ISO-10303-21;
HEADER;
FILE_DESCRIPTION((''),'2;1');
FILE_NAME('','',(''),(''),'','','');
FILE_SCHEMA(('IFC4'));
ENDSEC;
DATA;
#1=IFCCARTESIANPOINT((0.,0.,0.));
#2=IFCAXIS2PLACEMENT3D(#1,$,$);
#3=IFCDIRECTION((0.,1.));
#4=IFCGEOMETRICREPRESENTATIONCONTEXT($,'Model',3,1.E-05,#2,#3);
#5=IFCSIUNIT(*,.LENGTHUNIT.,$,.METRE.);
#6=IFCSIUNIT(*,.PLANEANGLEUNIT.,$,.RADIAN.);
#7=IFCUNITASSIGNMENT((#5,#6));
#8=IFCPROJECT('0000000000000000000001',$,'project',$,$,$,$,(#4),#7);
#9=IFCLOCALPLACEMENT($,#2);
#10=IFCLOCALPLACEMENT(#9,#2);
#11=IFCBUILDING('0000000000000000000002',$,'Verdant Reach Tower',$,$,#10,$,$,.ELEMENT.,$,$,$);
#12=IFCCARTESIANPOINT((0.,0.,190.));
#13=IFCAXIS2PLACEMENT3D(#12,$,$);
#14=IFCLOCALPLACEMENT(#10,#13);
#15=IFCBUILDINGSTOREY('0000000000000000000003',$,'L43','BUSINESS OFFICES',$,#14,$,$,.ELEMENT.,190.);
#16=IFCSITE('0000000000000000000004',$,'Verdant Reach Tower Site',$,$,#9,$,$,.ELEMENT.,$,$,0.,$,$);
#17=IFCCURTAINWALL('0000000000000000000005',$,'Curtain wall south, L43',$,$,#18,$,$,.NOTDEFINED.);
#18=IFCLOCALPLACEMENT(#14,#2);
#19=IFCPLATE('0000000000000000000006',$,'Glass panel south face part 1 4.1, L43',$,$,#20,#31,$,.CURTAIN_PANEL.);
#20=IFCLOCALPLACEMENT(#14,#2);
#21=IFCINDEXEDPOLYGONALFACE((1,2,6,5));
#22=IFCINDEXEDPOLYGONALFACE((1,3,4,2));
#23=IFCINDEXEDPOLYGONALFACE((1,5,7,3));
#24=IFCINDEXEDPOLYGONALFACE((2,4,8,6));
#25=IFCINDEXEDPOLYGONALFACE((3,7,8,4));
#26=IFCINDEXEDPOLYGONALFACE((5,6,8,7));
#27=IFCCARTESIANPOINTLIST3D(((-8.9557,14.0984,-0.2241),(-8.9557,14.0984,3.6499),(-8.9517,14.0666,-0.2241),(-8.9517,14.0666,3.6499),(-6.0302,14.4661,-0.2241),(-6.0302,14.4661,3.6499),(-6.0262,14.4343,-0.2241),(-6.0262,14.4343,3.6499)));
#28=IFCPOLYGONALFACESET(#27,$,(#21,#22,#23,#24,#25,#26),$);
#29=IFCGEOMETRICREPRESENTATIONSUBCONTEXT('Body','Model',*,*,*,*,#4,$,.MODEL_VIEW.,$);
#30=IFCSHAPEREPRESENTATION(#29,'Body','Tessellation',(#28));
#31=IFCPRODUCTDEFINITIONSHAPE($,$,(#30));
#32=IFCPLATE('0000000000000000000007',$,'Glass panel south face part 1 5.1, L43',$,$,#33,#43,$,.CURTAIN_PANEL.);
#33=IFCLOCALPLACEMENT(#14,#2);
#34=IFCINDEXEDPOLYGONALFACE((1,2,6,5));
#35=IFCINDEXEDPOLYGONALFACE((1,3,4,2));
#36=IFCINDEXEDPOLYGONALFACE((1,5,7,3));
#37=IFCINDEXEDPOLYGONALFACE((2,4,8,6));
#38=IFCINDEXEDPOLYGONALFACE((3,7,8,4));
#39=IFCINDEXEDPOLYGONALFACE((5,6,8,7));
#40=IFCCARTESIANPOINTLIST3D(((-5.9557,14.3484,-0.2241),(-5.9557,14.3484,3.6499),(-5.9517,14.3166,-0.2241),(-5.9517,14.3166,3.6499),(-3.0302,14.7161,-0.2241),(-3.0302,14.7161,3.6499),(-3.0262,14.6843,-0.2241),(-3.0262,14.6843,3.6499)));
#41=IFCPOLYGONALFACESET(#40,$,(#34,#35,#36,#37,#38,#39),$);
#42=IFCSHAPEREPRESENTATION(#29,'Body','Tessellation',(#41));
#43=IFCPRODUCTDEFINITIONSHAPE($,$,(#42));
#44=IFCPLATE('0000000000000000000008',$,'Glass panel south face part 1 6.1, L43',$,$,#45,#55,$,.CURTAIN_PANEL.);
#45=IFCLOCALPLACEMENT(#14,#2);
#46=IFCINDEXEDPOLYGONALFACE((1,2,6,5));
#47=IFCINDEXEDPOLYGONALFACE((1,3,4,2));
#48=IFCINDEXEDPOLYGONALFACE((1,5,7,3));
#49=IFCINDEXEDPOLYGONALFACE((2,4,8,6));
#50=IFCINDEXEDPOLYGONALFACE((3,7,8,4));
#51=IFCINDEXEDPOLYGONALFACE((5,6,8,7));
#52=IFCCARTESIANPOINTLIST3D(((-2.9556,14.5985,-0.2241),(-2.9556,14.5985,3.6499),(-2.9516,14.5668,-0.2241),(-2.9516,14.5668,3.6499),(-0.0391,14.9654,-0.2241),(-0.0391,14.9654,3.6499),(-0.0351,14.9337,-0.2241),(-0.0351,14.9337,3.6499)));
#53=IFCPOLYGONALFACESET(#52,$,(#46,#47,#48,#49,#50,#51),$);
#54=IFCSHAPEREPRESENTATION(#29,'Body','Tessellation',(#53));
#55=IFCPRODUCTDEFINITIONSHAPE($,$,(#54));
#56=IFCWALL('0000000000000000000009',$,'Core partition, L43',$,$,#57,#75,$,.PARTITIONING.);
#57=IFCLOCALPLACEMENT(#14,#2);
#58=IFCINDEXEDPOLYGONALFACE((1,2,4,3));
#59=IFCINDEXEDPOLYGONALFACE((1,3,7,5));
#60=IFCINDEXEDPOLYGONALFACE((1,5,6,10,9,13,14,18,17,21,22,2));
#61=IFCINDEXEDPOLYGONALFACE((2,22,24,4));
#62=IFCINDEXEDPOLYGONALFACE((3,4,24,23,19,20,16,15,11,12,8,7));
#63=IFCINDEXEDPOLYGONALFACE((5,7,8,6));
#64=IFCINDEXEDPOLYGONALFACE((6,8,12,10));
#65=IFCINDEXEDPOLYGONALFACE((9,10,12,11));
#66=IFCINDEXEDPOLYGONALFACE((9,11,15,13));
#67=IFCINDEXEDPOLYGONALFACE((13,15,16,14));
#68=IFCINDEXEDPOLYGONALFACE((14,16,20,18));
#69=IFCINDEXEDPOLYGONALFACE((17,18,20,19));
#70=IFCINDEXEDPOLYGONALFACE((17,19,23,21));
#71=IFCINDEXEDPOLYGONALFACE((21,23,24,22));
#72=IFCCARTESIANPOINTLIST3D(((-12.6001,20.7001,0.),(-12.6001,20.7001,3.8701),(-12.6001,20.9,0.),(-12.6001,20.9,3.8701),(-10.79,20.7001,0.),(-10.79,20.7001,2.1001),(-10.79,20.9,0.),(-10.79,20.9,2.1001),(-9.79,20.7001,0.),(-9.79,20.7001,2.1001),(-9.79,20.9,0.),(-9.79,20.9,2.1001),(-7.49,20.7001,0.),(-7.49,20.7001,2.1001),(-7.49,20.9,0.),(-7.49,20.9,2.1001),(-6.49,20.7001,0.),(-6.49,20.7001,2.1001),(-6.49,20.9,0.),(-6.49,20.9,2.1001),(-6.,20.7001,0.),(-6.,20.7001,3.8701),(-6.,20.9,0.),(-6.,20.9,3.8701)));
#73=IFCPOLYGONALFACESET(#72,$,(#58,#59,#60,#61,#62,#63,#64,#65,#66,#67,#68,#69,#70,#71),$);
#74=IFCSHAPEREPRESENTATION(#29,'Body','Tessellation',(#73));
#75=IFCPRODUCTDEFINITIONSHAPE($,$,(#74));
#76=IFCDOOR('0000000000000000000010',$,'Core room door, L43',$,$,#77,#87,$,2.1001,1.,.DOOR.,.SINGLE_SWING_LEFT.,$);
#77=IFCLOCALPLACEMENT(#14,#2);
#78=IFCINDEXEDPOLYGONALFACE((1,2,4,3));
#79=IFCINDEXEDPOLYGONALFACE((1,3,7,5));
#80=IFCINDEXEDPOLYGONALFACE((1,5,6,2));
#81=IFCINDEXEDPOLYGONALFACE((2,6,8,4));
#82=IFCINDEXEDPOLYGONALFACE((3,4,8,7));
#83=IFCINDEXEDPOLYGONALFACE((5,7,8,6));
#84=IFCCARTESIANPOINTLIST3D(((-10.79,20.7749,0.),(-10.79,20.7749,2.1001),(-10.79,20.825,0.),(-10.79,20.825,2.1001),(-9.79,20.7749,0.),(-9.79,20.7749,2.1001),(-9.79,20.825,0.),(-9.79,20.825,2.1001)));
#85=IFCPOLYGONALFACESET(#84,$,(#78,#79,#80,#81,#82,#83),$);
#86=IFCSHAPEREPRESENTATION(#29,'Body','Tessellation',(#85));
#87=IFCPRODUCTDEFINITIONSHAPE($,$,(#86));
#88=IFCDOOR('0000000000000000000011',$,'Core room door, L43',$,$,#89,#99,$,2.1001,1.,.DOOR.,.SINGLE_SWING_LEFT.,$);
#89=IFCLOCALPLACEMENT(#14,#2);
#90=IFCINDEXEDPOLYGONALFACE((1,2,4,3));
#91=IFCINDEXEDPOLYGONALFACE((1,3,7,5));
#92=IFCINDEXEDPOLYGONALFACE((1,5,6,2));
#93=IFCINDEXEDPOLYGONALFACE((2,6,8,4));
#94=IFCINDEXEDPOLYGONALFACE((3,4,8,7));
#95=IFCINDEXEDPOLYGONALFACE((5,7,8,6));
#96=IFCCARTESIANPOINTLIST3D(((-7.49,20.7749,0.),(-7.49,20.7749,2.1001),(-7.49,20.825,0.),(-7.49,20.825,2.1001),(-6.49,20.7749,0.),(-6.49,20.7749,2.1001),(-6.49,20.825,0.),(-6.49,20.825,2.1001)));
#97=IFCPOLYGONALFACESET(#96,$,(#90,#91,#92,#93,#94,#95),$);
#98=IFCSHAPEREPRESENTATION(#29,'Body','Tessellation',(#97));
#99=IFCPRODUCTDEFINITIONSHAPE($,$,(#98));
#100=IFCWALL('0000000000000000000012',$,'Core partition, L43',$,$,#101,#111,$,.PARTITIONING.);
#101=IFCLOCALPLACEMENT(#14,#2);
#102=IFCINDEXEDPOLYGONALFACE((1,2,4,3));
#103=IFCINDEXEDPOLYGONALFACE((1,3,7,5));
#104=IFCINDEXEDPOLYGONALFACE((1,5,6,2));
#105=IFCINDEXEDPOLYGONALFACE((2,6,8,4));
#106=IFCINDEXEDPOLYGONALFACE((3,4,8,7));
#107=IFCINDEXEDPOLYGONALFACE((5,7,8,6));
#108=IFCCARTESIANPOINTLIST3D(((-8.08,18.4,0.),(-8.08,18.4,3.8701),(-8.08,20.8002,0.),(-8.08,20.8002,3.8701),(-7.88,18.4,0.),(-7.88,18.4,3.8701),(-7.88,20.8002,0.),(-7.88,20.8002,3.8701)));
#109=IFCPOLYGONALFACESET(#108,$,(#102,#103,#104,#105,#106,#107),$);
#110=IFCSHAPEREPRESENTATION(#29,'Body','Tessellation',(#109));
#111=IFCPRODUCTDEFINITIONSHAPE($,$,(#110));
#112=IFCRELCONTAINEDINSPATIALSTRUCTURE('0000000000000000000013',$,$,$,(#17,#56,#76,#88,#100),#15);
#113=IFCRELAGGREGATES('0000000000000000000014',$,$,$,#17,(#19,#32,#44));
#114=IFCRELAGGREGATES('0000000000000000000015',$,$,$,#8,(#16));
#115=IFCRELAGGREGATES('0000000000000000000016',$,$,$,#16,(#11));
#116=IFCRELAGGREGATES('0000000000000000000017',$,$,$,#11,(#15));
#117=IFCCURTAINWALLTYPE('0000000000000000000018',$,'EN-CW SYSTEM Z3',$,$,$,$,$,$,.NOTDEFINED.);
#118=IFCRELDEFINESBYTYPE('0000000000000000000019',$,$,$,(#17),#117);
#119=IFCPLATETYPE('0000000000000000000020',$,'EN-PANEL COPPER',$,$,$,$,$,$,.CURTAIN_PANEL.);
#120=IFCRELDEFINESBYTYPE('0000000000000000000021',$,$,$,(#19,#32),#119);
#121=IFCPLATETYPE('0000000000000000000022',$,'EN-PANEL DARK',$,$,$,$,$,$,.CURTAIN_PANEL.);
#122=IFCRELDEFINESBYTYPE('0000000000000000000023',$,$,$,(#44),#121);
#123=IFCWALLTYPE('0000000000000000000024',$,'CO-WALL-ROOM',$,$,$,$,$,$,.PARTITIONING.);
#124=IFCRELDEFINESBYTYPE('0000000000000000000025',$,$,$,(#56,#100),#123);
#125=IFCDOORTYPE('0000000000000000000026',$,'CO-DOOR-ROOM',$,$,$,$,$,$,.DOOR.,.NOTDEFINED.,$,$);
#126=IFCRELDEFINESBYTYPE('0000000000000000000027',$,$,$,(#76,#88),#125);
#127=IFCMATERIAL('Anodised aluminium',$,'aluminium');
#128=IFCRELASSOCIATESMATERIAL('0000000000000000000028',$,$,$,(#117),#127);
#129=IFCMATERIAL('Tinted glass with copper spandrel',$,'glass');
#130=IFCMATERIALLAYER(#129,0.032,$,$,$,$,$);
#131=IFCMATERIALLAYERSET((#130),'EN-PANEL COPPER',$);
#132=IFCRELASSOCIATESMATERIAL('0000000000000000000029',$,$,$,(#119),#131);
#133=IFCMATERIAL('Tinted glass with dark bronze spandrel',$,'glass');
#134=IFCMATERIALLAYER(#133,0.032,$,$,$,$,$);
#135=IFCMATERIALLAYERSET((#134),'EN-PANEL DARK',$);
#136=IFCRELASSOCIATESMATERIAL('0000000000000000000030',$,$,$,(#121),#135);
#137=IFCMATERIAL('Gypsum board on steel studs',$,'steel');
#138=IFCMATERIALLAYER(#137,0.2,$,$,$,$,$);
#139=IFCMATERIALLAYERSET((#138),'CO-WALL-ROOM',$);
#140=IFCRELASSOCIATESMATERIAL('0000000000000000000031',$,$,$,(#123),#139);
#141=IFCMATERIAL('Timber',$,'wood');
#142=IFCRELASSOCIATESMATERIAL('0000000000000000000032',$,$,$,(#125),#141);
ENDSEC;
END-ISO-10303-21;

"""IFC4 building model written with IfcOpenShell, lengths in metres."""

from ifc_helpers import new_model, si_unit, direction, frame, frame_2d, origin, origin_2d, place, context, subcontext, project, spatial, rectangle, extrude, material, layer, layer_set, type_object, element, fill, aggregate, save


model = new_model("IFC4")

# Units and contexts
model_context = context("Model", 3, precision=1e-05, world=origin(), true_north=direction((0.0, 1.0)))
body_context = subcontext(model_context, "Body", "Model", "MODEL_VIEW")
ifc_project = project(units=[si_unit("LENGTHUNIT", "METRE"), si_unit("PLANEANGLEUNIT", "RADIAN")], contexts=[model_context])

# Site, building, storey
site_placement = place(None, origin())
site = spatial("IfcSite", under=ifc_project, at=site_placement, Name="Verdant Reach Tower Site", CompositionType="ELEMENT", RefElevation=0.0)
building_placement = place(site_placement, origin())
building = spatial("IfcBuilding", under=site, at=building_placement, Name="Verdant Reach Tower", CompositionType="ELEMENT")
storey_placement = place(building_placement, frame((0.0, 0.0, 190.0)))
storey = spatial("IfcBuildingStorey", under=building, at=storey_placement, Name="L43", Description="BUSINESS OFFICES", CompositionType="ELEMENT", Elevation=190.0)

# Curtain wall, plates
ifc_material_1 = material(Name="Anodised aluminium", Category="aluminium")
curtain_wall_type = type_object("IfcCurtainWallType", Name="EN-CW SYSTEM Z3", PredefinedType="NOTDEFINED", material=ifc_material_1)
curtain_wall_placement = place(storey_placement, origin())
curtain_wall = element("IfcCurtainWall", 1, at=curtain_wall_placement, inside=storey, type_object=curtain_wall_type, Name="Curtain wall south, L43", PredefinedType="NOTDEFINED")
ifc_material_2 = material(Name="Tinted glass with copper spandrel", Category="glass")
ifc_layer_1 = layer(ifc_material_2, 0.032)
ifc_layer_set_1 = layer_set([ifc_layer_1], Name="EN-PANEL COPPER")
plate_type_1 = type_object("IfcPlateType", Name="EN-PANEL COPPER", PredefinedType="CURTAIN_PANEL", material=ifc_layer_set_1)
plate_1_placement = place(storey_placement, frame((-7.491, 14.2664, -0.2241), z_axis=(0.0, 0.0, 1.0), x_axis=(0.992194, 0.124704, 0.0)))
plate_1 = element("IfcPlate", 2, at=plate_1_placement, type_object=plate_type_1, Name="Glass panel south face part 1 4.1, L43", PredefinedType="CURTAIN_PANEL", context=body_context, shape_type="SweptSolid", body=[
    extrude(rectangle(XDim=2.9485, YDim=0.032, at=origin_2d()), origin(), (0.0, 0.0, 1.0), 3.874),
])
plate_2_placement = place(storey_placement, frame((-4.491, 14.5164, -0.2241), z_axis=(0.0, 0.0, 1.0), x_axis=(0.992194, 0.124704, 0.0)))
plate_2 = element("IfcPlate", 3, at=plate_2_placement, type_object=plate_type_1, Name="Glass panel south face part 1 5.1, L43", PredefinedType="CURTAIN_PANEL", context=body_context, shape_type="SweptSolid", body=[
    extrude(rectangle(XDim=2.9485, YDim=0.032, at=origin_2d()), origin(), (0.0, 0.0, 1.0), 3.874),
])
ifc_material_3 = material(Name="Tinted glass with dark bronze spandrel", Category="glass")
ifc_layer_2 = layer(ifc_material_3, 0.032)
ifc_layer_set_2 = layer_set([ifc_layer_2], Name="EN-PANEL DARK")
plate_type_2 = type_object("IfcPlateType", Name="EN-PANEL DARK", PredefinedType="CURTAIN_PANEL", material=ifc_layer_set_2)
plate_3_placement = place(storey_placement, frame((-1.4954, 14.7661, -0.2241), z_axis=(0.0, 0.0, 1.0), x_axis=(0.992178, 0.124828, 0.0)))
plate_3 = element("IfcPlate", 4, at=plate_3_placement, type_object=plate_type_2, Name="Glass panel south face part 1 6.1, L43", PredefinedType="CURTAIN_PANEL", context=body_context, shape_type="SweptSolid", body=[
    extrude(rectangle(XDim=2.9395, YDim=0.032, at=origin_2d()), origin(), (0.0, 0.0, 1.0), 3.874),
])
aggregate(curtain_wall, [plate_1, plate_2, plate_3])

# Wall, openings, doors
ifc_material_4 = material(Name="Gypsum board on steel studs", Category="steel")
ifc_layer_3 = layer(ifc_material_4, 0.2)
ifc_layer_set_3 = layer_set([ifc_layer_3], Name="CO-WALL-ROOM")
wall_type_1 = type_object("IfcWallType", Name="CO-WALL-ROOM", PredefinedType="PARTITIONING", material=ifc_layer_set_3)
wall_1_placement = place(storey_placement, frame((-12.6001, 20.8, 0.0), z_axis=(0.0, 0.0, 1.0), x_axis=(1.0, 0.0, 0.0)))
wall_1 = element("IfcWall", 5, at=wall_1_placement, inside=storey, type_object=wall_type_1, Name="Core partition, L43", PredefinedType="PARTITIONING", context=body_context, shape_type="SweptSolid", body=[
    extrude(rectangle(XDim=6.6001, YDim=0.2, at=frame_2d((3.3, 0.0))), origin(), (0.0, 0.0, 1.0), 3.8701),
])
opening_1_placement = place(wall_1_placement, frame((1.8101, 0.0, 0.0)))
opening_1 = element("IfcOpeningElement", 6, at=opening_1_placement, cuts=wall_1, PredefinedType="OPENING", context=body_context, shape_type="SweptSolid", body=[
    extrude(rectangle(XDim=1.0, YDim=2.1001, at=frame_2d((0.5, 1.05))), frame((0.0, 0.1099, 0.0), z_axis=(0.0, -1.0, 0.0), x_axis=(1.0, 0.0, 0.0)), (0.0, 0.0, 1.0), 0.22),
])
opening_2_placement = place(wall_1_placement, frame((5.1101, 0.0, 0.0)))
opening_2 = element("IfcOpeningElement", 7, at=opening_2_placement, cuts=wall_1, PredefinedType="OPENING", context=body_context, shape_type="SweptSolid", body=[
    extrude(rectangle(XDim=1.0, YDim=2.1001, at=frame_2d((0.5, 1.05))), frame((0.0, 0.1099, 0.0), z_axis=(0.0, -1.0, 0.0), x_axis=(1.0, 0.0, 0.0)), (0.0, 0.0, 1.0), 0.22),
])
ifc_material_5 = material(Name="Timber", Category="wood")
door_type_1 = type_object("IfcDoorType", Name="CO-DOOR-ROOM", OperationType="NOTDEFINED", PredefinedType="DOOR", material=ifc_material_5)
door_1_placement = place(opening_1_placement, origin())
door_1 = element("IfcDoor", 8, at=door_1_placement, inside=storey, type_object=door_type_1, Name="Core room door, L43", OperationType="SINGLE_SWING_LEFT", OverallHeight=2.1001, OverallWidth=1.0, PredefinedType="DOOR", context=body_context, shape_type="SweptSolid", body=[
    extrude(rectangle(XDim=1.0, YDim=2.1001, at=frame_2d((0.5, 1.05))), frame((0.0, 0.0249, 0.0), z_axis=(0.0, -1.0, 0.0), x_axis=(1.0, 0.0, 0.0)), (0.0, 0.0, 1.0), 0.05),
])
fill(opening_1, door_1)
door_2_placement = place(opening_2_placement, origin())
door_2 = element("IfcDoor", 9, at=door_2_placement, inside=storey, type_object=door_type_1, Name="Core room door, L43", OperationType="SINGLE_SWING_LEFT", OverallHeight=2.1001, OverallWidth=1.0, PredefinedType="DOOR", context=body_context, shape_type="SweptSolid", body=[
    extrude(rectangle(XDim=1.0, YDim=2.1001, at=frame_2d((0.5, 1.05))), frame((0.0, 0.0249, 0.0), z_axis=(0.0, -1.0, 0.0), x_axis=(1.0, 0.0, 0.0)), (0.0, 0.0, 1.0), 0.05),
])
fill(opening_2, door_2)

# Wall
wall_2_placement = place(storey_placement, frame((-7.98, 18.3999, 0.0), z_axis=(0.0, 0.0, 1.0), x_axis=(0.0, 1.0, 0.0)))
element("IfcWall", 10, at=wall_2_placement, inside=storey, type_object=wall_type_1, Name="Core partition, L43", PredefinedType="PARTITIONING", context=body_context, shape_type="SweptSolid", body=[
    extrude(rectangle(XDim=2.4001, YDim=0.2, at=frame_2d((1.2002, 0.0))), origin(), (0.0, 0.0, 1.0), 3.8701),
])

save(model, "model.ifc")
